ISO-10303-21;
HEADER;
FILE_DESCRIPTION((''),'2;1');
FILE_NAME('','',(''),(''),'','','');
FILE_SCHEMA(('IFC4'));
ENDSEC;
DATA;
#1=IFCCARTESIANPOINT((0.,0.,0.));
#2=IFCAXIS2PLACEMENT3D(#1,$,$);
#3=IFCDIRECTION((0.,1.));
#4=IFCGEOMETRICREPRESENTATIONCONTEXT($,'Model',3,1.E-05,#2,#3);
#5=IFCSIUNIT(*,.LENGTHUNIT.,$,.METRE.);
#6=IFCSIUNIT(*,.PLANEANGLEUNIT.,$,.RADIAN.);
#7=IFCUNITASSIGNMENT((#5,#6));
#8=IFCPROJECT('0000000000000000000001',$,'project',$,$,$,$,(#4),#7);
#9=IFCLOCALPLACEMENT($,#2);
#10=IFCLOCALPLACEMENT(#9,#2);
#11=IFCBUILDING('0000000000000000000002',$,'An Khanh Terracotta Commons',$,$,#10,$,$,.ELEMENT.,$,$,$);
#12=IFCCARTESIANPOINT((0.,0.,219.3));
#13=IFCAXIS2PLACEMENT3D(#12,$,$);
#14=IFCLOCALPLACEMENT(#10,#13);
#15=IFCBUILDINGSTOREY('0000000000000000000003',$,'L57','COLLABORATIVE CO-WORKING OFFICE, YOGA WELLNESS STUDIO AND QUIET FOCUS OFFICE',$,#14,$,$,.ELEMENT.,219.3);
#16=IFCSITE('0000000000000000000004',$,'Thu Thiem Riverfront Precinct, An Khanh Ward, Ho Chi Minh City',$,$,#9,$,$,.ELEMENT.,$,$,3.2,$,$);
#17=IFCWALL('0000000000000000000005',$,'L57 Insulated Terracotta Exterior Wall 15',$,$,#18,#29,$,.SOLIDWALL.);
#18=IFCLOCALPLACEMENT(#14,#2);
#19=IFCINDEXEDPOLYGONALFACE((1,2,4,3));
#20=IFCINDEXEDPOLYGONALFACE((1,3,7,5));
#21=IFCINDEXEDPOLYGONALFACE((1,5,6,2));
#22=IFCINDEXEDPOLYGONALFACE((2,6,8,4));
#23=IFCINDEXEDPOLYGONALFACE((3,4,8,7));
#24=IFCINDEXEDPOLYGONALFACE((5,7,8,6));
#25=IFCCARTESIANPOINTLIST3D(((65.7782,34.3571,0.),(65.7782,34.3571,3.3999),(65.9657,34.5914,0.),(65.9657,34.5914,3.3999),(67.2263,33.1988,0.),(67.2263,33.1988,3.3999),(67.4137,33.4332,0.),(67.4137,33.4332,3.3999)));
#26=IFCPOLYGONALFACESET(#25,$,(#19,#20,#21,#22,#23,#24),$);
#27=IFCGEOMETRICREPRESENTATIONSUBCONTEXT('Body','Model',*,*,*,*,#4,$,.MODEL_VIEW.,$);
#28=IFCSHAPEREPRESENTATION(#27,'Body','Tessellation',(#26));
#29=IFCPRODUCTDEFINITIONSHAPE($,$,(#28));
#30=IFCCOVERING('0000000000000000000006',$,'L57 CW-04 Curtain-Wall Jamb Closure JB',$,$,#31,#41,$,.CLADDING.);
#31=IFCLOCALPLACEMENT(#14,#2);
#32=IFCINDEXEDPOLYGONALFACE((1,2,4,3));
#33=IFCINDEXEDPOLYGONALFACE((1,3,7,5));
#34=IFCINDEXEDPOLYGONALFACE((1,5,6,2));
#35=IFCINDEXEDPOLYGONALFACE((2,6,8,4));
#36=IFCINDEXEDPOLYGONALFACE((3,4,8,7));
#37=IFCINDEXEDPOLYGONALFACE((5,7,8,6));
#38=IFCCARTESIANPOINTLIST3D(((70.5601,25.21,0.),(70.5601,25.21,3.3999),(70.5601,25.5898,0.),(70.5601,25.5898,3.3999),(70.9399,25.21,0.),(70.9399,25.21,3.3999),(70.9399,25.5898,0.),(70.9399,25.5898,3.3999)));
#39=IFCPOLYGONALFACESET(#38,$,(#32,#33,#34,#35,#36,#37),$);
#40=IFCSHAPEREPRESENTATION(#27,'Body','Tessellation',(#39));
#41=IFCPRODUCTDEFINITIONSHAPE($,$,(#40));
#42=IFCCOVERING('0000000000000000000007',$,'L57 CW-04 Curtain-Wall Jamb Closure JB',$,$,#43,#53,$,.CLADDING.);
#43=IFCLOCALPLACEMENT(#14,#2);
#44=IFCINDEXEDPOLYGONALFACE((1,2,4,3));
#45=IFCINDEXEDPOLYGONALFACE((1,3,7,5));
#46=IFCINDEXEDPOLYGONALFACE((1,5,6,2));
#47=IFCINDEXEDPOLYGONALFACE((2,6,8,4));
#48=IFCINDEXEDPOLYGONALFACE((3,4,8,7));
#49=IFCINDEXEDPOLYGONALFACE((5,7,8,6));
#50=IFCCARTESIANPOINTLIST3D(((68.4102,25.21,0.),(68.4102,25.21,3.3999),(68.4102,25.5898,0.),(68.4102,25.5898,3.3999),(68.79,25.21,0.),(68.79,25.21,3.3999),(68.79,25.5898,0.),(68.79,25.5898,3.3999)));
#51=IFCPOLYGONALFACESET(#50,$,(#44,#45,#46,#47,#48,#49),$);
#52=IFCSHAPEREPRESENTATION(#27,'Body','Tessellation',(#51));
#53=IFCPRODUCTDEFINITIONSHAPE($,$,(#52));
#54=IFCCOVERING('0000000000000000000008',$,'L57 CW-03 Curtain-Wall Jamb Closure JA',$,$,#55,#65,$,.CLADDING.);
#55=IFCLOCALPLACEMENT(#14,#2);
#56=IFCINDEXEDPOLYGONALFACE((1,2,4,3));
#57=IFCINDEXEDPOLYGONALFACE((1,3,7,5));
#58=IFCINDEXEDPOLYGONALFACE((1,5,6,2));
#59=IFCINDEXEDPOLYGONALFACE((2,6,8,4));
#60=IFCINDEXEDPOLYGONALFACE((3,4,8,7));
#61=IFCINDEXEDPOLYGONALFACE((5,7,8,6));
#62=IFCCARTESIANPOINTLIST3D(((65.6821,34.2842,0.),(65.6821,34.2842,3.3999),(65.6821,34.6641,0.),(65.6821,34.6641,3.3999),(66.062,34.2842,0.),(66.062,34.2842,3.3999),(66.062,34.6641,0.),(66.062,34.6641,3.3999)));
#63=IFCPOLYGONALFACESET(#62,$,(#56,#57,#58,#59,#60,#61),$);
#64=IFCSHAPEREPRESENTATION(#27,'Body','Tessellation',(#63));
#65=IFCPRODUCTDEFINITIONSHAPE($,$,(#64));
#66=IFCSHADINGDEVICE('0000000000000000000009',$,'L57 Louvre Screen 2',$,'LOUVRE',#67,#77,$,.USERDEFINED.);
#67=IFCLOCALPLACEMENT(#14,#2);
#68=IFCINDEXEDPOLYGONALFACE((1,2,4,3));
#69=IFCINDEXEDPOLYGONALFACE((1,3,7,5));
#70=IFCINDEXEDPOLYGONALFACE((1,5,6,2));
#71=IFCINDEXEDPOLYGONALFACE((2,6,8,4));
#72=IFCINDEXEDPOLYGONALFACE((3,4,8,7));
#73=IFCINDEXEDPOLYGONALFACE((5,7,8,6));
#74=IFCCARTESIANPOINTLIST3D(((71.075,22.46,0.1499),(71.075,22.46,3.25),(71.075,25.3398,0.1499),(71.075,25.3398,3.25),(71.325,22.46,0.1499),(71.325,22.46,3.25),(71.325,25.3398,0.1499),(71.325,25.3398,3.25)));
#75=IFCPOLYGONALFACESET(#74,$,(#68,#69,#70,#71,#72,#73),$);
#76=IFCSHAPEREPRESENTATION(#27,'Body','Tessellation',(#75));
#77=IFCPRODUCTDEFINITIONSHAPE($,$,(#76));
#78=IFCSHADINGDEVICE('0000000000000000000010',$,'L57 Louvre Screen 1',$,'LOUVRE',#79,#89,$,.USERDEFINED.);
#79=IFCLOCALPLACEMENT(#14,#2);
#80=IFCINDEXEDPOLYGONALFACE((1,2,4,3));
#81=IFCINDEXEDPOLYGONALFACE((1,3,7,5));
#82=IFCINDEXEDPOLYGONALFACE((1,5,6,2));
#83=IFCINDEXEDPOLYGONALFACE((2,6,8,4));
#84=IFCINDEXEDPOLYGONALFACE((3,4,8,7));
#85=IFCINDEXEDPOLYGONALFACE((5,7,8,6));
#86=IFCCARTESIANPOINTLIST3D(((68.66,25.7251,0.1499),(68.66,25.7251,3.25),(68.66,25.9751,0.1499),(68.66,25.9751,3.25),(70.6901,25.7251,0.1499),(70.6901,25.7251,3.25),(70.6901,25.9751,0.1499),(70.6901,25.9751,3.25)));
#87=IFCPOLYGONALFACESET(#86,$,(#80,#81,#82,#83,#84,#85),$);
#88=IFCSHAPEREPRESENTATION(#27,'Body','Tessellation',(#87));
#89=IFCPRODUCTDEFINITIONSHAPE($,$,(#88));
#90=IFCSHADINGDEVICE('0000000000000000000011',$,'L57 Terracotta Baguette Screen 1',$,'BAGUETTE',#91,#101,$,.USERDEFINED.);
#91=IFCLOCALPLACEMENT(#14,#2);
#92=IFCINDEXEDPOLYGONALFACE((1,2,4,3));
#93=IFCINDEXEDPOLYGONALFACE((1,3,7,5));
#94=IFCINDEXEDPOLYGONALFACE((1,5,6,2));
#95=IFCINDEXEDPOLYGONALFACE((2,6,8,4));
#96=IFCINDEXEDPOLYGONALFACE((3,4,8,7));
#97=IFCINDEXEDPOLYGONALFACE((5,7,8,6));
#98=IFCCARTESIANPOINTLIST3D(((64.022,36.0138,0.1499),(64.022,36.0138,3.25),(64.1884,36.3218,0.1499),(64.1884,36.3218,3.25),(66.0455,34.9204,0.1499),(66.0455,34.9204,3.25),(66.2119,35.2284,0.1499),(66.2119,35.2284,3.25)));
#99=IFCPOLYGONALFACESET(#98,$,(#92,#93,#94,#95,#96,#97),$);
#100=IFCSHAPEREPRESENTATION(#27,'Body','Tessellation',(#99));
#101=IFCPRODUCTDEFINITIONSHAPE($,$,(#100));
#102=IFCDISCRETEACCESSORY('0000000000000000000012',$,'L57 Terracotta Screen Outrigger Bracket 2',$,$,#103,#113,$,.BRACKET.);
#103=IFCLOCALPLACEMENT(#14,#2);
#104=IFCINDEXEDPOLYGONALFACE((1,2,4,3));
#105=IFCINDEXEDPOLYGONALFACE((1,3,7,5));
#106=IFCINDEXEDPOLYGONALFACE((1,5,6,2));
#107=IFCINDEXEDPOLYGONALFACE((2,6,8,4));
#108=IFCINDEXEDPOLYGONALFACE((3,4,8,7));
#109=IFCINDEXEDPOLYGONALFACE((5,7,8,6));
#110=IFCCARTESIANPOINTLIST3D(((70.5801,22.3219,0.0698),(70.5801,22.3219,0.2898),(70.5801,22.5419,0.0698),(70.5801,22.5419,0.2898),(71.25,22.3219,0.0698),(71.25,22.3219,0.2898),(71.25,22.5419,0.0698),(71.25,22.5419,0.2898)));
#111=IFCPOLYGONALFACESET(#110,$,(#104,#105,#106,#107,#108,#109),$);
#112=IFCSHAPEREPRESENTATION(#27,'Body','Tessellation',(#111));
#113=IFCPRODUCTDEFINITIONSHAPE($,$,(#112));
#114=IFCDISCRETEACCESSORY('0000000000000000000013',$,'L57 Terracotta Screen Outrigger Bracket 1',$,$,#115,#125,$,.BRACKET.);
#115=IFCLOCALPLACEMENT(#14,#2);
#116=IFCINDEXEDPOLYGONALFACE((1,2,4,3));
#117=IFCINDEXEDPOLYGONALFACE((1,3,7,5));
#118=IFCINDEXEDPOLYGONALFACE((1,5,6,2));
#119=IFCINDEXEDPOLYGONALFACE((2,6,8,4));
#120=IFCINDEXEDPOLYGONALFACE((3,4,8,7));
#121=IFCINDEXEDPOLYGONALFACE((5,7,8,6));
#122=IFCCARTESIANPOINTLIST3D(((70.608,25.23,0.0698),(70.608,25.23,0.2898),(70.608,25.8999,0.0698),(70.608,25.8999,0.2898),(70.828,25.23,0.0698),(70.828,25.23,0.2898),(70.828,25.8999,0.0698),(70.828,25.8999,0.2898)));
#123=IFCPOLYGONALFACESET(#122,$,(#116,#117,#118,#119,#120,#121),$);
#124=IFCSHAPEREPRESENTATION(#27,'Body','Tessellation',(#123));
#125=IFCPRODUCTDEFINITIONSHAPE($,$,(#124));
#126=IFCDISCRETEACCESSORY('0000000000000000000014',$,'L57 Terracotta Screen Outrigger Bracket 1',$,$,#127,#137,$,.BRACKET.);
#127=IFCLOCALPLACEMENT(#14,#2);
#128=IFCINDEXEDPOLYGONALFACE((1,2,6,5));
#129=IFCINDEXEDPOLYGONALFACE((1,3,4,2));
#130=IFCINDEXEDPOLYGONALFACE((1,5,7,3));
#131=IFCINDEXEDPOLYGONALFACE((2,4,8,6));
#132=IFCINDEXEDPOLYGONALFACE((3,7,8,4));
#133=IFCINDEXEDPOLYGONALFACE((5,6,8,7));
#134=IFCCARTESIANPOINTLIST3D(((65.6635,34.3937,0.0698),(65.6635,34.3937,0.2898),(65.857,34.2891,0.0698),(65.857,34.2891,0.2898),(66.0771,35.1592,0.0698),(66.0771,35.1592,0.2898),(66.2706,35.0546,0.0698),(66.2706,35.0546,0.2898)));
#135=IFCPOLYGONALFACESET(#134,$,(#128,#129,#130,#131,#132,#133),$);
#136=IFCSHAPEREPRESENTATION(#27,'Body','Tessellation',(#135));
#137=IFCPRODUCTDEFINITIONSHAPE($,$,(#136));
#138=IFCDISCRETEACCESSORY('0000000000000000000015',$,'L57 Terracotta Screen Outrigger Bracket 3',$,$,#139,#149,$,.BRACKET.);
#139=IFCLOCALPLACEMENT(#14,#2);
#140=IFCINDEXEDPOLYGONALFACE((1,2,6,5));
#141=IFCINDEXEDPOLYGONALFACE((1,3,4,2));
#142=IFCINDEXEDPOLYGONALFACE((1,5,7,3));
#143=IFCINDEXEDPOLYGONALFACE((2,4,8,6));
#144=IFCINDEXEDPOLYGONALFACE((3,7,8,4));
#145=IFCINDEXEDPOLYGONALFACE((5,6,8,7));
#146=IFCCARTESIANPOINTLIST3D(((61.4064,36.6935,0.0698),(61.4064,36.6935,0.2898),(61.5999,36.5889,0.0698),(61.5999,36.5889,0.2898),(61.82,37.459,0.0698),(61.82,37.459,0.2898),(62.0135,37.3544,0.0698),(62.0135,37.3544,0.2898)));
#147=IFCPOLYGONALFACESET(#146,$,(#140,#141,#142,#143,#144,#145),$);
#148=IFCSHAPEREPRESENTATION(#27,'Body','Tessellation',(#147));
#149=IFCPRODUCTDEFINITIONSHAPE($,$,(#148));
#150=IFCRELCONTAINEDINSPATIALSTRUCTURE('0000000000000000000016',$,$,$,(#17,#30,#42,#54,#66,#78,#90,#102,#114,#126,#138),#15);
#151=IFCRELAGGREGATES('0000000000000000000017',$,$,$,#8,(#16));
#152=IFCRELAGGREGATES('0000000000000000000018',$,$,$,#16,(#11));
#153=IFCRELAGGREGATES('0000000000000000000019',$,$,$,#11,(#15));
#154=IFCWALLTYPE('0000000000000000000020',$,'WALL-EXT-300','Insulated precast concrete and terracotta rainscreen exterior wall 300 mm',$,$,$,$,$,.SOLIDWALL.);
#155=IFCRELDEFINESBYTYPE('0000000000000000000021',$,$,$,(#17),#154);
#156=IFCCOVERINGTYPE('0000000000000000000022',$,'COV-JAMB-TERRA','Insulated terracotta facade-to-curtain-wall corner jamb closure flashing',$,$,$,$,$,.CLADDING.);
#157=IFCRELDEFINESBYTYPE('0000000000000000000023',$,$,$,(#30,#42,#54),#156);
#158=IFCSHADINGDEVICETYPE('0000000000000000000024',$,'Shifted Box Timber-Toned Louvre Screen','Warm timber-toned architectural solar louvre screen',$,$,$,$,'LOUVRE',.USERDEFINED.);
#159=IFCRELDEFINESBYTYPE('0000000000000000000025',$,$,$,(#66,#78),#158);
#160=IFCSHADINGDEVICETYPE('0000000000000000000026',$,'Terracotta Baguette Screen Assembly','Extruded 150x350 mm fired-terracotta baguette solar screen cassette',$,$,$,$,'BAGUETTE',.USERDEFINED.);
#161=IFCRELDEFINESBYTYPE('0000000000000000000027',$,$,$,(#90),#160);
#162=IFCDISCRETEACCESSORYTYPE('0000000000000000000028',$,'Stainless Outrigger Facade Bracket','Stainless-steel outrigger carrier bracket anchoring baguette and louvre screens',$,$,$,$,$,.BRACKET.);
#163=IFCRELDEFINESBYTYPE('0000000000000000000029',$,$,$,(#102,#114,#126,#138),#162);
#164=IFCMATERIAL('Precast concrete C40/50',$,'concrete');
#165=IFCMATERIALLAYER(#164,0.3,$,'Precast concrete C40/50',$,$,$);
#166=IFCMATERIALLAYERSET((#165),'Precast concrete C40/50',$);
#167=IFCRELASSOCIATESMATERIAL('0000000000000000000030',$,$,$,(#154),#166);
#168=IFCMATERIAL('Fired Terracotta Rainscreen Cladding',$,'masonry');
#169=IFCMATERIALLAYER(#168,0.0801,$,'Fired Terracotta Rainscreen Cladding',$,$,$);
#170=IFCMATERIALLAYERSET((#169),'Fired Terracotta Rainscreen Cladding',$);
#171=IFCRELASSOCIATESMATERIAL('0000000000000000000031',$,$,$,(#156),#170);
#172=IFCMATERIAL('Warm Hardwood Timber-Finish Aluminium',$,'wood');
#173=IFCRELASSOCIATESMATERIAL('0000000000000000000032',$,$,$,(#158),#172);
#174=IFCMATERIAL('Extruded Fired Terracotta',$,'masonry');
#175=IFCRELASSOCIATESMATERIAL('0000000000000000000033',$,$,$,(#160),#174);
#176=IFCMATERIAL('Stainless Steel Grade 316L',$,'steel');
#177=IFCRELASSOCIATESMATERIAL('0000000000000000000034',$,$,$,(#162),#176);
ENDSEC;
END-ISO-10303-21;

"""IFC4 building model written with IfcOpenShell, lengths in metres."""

from ifc_helpers import new_model, si_unit, direction, frame, frame_2d, origin, origin_2d, place, context, subcontext, project, spatial, rectangle, extrude, material, layer, layer_set, type_object, element, save


model = new_model("IFC4")

# Units and contexts
model_context = context("Model", 3, precision=1e-05, world=origin(), true_north=direction((0.0, 1.0)))
body_context = subcontext(model_context, "Body", "Model", "MODEL_VIEW")
ifc_project = project(units=[si_unit("LENGTHUNIT", "METRE"), si_unit("PLANEANGLEUNIT", "RADIAN")], contexts=[model_context])

# Site, building, storey
site_placement = place(None, origin())
site = spatial("IfcSite", under=ifc_project, at=site_placement, Name="Thu Thiem Riverfront Precinct, An Khanh Ward, Ho Chi Minh City", CompositionType="ELEMENT", RefElevation=3.2)
building_placement = place(site_placement, origin())
building = spatial("IfcBuilding", under=site, at=building_placement, Name="An Khanh Terracotta Commons", CompositionType="ELEMENT")
storey_placement = place(building_placement, frame((0.0, 0.0, 219.3)))
storey = spatial("IfcBuildingStorey", under=building, at=storey_placement, Name="L57", Description="COLLABORATIVE CO-WORKING OFFICE, YOGA WELLNESS STUDIO AND QUIET FOCUS OFFICE", CompositionType="ELEMENT", Elevation=219.3)

# Shared definitions
ifc_material_1 = material(Name="Precast concrete C40/50", Category="concrete")
ifc_layer_1 = layer(ifc_material_1, 0.3, Name="Precast concrete C40/50")
ifc_layer_set_1 = layer_set([ifc_layer_1], Name="Precast concrete C40/50")
wall_type = type_object("IfcWallType", Name="WALL-EXT-300", Description="Insulated precast concrete and terracotta rainscreen exterior wall 300 mm", PredefinedType="SOLIDWALL", material=ifc_layer_set_1)

# Wall
wall_1_placement = place(storey_placement, frame((67.3201, 33.3159, 0.0), z_axis=(0.0, 0.0, 1.0), x_axis=(-0.78092, 0.624631, 0.0)))
element("IfcWall", 1, at=wall_1_placement, inside=storey, type_object=wall_type, Name="L57 Insulated Terracotta Exterior Wall 15", PredefinedType="SOLIDWALL", context=body_context, shape_type="SweptSolid", body=[
    extrude(rectangle(XDim=1.8542, YDim=0.3, at=frame_2d((0.9272, 0.0))), origin(), (0.0, 0.0, 1.0), 3.3999),
])

# Coverings
ifc_material_2 = material(Name="Fired Terracotta Rainscreen Cladding", Category="masonry")
ifc_layer_2 = layer(ifc_material_2, 0.0801, Name="Fired Terracotta Rainscreen Cladding")
ifc_layer_set_2 = layer_set([ifc_layer_2], Name="Fired Terracotta Rainscreen Cladding")
covering_type = type_object("IfcCoveringType", Name="COV-JAMB-TERRA", Description="Insulated terracotta facade-to-curtain-wall corner jamb closure flashing", PredefinedType="CLADDING", material=ifc_layer_set_2)
for number, where, z_axis, x_axis, name in (
    (2, (70.75, 25.3999, 0.0), (0.0, 0.0, 1.0), (1.0, 0.0, 0.0), "L57 CW-04 Curtain-Wall Jamb Closure JB"),
    (3, (68.6001, 25.3999, 0.0), (0.0, 0.0, 1.0), (1.0, 0.0, 0.0), "L57 CW-04 Curtain-Wall Jamb Closure JB"),
    (4, (65.8721, 34.4741, 0.0), (0.0, 0.0, 1.0), (1.0, 0.0, 0.0), "L57 CW-03 Curtain-Wall Jamb Closure JA"),
):
    element("IfcCovering", number, at=place(storey_placement, frame(where, z_axis=z_axis, x_axis=x_axis)), inside=storey, type_object=covering_type, Name=name, PredefinedType="CLADDING", context=body_context, shape_type="SweptSolid", body=[
        extrude(rectangle(XDim=0.3799, YDim=0.3799, at=origin_2d()), origin(), (0.0, 0.0, 1.0), 3.3999),
    ])

# Shading devices
ifc_material_3 = material(Name="Warm Hardwood Timber-Finish Aluminium", Category="wood")
shading_device_type_1 = type_object("IfcShadingDeviceType", Name="Shifted Box Timber-Toned Louvre Screen", Description="Warm timber-toned architectural solar louvre screen", ElementType="LOUVRE", PredefinedType="USERDEFINED", material=ifc_material_3)
shading_device_1_placement = place(storey_placement, frame((71.2, 23.8999, 0.1499), z_axis=(0.0, 0.0, 1.0), x_axis=(0.0, 1.0, 0.0)))
element("IfcShadingDevice", 5, at=shading_device_1_placement, inside=storey, type_object=shading_device_type_1, Name="L57 Louvre Screen 2", ObjectType="LOUVRE", PredefinedType="USERDEFINED", context=body_context, shape_type="SweptSolid", body=[
    extrude(rectangle(XDim=2.8799, YDim=0.25, at=origin_2d()), origin(), (0.0, 0.0, 1.0), 3.1001),
])
shading_device_2_placement = place(storey_placement, frame((69.675, 25.8501, 0.1499), z_axis=(0.0, 0.0, 1.0), x_axis=(-1.0, 0.0, 0.0)))
element("IfcShadingDevice", 6, at=shading_device_2_placement, inside=storey, type_object=shading_device_type_1, Name="L57 Louvre Screen 1", ObjectType="LOUVRE", PredefinedType="USERDEFINED", context=body_context, shape_type="SweptSolid", body=[
    extrude(rectangle(XDim=2.03, YDim=0.25, at=origin_2d()), origin(), (0.0, 0.0, 1.0), 3.1001),
])
ifc_material_4 = material(Name="Extruded Fired Terracotta", Category="masonry")
shading_device_type_2 = type_object("IfcShadingDeviceType", Name="Terracotta Baguette Screen Assembly", Description="Extruded 150x350 mm fired-terracotta baguette solar screen cassette", ElementType="BAGUETTE", PredefinedType="USERDEFINED", material=ifc_material_4)
shading_device_3_placement = place(storey_placement, frame((65.1169, 35.6211, 0.1499), z_axis=(0.0, 0.0, 1.0), x_axis=(-0.87978, 0.475381, 0.0)))
element("IfcShadingDevice", 7, at=shading_device_3_placement, inside=storey, type_object=shading_device_type_2, Name="L57 Terracotta Baguette Screen 1", ObjectType="BAGUETTE", PredefinedType="USERDEFINED", context=body_context, shape_type="SweptSolid", body=[
    extrude(rectangle(XDim=2.3, YDim=0.3501, at=origin_2d()), origin(), (0.0, 0.0, 1.0), 3.1001),
])

# Discrete accessories
ifc_material_5 = material(Name="Stainless Steel Grade 316L", Category="steel")
discrete_accessory_type = type_object("IfcDiscreteAccessoryType", Name="Stainless Outrigger Facade Bracket", Description="Stainless-steel outrigger carrier bracket anchoring baguette and louvre screens", PredefinedType="BRACKET", material=ifc_material_5)
for number, where, z_axis, x_axis, name in (
    (8, (70.915, 22.4319, 0.0698), (0.0, 0.0, 1.0), (0.0, 1.0, 0.0), "L57 Terracotta Screen Outrigger Bracket 2"),
    (9, (70.718, 25.5649, 0.0698), (0.0, 0.0, 1.0), (-1.0, 0.0, 0.0), "L57 Terracotta Screen Outrigger Bracket 1"),
):
    element("IfcDiscreteAccessory", number, at=place(storey_placement, frame(where, z_axis=z_axis, x_axis=x_axis)), inside=storey, type_object=discrete_accessory_type, Name=name, PredefinedType="BRACKET", context=body_context, shape_type="SweptSolid", body=[
        extrude(rectangle(XDim=0.22, YDim=0.6699, at=origin_2d()), origin(), (0.0, 0.0, 1.0), 0.22),
    ])
for number, where, z_axis, x_axis, name in (
    (10, (65.967, 34.7241, 0.0698), (0.0, 0.0, 1.0), (-0.87978, 0.475381, 0.0), "L57 Terracotta Screen Outrigger Bracket 1"),
    (11, (61.71, 37.0239, 0.0698), (0.0, 0.0, 1.0), (-0.87978, 0.475381, 0.0), "L57 Terracotta Screen Outrigger Bracket 3"),
):
    element("IfcDiscreteAccessory", number, at=place(storey_placement, frame(where, z_axis=z_axis, x_axis=x_axis)), inside=storey, type_object=discrete_accessory_type, Name=name, PredefinedType="BRACKET", context=body_context, shape_type="SweptSolid", body=[
        extrude(rectangle(XDim=0.22, YDim=0.8701, at=origin_2d()), origin(), (0.0, 0.0, 1.0), 0.22),
    ])

save(model, "model.ifc")
